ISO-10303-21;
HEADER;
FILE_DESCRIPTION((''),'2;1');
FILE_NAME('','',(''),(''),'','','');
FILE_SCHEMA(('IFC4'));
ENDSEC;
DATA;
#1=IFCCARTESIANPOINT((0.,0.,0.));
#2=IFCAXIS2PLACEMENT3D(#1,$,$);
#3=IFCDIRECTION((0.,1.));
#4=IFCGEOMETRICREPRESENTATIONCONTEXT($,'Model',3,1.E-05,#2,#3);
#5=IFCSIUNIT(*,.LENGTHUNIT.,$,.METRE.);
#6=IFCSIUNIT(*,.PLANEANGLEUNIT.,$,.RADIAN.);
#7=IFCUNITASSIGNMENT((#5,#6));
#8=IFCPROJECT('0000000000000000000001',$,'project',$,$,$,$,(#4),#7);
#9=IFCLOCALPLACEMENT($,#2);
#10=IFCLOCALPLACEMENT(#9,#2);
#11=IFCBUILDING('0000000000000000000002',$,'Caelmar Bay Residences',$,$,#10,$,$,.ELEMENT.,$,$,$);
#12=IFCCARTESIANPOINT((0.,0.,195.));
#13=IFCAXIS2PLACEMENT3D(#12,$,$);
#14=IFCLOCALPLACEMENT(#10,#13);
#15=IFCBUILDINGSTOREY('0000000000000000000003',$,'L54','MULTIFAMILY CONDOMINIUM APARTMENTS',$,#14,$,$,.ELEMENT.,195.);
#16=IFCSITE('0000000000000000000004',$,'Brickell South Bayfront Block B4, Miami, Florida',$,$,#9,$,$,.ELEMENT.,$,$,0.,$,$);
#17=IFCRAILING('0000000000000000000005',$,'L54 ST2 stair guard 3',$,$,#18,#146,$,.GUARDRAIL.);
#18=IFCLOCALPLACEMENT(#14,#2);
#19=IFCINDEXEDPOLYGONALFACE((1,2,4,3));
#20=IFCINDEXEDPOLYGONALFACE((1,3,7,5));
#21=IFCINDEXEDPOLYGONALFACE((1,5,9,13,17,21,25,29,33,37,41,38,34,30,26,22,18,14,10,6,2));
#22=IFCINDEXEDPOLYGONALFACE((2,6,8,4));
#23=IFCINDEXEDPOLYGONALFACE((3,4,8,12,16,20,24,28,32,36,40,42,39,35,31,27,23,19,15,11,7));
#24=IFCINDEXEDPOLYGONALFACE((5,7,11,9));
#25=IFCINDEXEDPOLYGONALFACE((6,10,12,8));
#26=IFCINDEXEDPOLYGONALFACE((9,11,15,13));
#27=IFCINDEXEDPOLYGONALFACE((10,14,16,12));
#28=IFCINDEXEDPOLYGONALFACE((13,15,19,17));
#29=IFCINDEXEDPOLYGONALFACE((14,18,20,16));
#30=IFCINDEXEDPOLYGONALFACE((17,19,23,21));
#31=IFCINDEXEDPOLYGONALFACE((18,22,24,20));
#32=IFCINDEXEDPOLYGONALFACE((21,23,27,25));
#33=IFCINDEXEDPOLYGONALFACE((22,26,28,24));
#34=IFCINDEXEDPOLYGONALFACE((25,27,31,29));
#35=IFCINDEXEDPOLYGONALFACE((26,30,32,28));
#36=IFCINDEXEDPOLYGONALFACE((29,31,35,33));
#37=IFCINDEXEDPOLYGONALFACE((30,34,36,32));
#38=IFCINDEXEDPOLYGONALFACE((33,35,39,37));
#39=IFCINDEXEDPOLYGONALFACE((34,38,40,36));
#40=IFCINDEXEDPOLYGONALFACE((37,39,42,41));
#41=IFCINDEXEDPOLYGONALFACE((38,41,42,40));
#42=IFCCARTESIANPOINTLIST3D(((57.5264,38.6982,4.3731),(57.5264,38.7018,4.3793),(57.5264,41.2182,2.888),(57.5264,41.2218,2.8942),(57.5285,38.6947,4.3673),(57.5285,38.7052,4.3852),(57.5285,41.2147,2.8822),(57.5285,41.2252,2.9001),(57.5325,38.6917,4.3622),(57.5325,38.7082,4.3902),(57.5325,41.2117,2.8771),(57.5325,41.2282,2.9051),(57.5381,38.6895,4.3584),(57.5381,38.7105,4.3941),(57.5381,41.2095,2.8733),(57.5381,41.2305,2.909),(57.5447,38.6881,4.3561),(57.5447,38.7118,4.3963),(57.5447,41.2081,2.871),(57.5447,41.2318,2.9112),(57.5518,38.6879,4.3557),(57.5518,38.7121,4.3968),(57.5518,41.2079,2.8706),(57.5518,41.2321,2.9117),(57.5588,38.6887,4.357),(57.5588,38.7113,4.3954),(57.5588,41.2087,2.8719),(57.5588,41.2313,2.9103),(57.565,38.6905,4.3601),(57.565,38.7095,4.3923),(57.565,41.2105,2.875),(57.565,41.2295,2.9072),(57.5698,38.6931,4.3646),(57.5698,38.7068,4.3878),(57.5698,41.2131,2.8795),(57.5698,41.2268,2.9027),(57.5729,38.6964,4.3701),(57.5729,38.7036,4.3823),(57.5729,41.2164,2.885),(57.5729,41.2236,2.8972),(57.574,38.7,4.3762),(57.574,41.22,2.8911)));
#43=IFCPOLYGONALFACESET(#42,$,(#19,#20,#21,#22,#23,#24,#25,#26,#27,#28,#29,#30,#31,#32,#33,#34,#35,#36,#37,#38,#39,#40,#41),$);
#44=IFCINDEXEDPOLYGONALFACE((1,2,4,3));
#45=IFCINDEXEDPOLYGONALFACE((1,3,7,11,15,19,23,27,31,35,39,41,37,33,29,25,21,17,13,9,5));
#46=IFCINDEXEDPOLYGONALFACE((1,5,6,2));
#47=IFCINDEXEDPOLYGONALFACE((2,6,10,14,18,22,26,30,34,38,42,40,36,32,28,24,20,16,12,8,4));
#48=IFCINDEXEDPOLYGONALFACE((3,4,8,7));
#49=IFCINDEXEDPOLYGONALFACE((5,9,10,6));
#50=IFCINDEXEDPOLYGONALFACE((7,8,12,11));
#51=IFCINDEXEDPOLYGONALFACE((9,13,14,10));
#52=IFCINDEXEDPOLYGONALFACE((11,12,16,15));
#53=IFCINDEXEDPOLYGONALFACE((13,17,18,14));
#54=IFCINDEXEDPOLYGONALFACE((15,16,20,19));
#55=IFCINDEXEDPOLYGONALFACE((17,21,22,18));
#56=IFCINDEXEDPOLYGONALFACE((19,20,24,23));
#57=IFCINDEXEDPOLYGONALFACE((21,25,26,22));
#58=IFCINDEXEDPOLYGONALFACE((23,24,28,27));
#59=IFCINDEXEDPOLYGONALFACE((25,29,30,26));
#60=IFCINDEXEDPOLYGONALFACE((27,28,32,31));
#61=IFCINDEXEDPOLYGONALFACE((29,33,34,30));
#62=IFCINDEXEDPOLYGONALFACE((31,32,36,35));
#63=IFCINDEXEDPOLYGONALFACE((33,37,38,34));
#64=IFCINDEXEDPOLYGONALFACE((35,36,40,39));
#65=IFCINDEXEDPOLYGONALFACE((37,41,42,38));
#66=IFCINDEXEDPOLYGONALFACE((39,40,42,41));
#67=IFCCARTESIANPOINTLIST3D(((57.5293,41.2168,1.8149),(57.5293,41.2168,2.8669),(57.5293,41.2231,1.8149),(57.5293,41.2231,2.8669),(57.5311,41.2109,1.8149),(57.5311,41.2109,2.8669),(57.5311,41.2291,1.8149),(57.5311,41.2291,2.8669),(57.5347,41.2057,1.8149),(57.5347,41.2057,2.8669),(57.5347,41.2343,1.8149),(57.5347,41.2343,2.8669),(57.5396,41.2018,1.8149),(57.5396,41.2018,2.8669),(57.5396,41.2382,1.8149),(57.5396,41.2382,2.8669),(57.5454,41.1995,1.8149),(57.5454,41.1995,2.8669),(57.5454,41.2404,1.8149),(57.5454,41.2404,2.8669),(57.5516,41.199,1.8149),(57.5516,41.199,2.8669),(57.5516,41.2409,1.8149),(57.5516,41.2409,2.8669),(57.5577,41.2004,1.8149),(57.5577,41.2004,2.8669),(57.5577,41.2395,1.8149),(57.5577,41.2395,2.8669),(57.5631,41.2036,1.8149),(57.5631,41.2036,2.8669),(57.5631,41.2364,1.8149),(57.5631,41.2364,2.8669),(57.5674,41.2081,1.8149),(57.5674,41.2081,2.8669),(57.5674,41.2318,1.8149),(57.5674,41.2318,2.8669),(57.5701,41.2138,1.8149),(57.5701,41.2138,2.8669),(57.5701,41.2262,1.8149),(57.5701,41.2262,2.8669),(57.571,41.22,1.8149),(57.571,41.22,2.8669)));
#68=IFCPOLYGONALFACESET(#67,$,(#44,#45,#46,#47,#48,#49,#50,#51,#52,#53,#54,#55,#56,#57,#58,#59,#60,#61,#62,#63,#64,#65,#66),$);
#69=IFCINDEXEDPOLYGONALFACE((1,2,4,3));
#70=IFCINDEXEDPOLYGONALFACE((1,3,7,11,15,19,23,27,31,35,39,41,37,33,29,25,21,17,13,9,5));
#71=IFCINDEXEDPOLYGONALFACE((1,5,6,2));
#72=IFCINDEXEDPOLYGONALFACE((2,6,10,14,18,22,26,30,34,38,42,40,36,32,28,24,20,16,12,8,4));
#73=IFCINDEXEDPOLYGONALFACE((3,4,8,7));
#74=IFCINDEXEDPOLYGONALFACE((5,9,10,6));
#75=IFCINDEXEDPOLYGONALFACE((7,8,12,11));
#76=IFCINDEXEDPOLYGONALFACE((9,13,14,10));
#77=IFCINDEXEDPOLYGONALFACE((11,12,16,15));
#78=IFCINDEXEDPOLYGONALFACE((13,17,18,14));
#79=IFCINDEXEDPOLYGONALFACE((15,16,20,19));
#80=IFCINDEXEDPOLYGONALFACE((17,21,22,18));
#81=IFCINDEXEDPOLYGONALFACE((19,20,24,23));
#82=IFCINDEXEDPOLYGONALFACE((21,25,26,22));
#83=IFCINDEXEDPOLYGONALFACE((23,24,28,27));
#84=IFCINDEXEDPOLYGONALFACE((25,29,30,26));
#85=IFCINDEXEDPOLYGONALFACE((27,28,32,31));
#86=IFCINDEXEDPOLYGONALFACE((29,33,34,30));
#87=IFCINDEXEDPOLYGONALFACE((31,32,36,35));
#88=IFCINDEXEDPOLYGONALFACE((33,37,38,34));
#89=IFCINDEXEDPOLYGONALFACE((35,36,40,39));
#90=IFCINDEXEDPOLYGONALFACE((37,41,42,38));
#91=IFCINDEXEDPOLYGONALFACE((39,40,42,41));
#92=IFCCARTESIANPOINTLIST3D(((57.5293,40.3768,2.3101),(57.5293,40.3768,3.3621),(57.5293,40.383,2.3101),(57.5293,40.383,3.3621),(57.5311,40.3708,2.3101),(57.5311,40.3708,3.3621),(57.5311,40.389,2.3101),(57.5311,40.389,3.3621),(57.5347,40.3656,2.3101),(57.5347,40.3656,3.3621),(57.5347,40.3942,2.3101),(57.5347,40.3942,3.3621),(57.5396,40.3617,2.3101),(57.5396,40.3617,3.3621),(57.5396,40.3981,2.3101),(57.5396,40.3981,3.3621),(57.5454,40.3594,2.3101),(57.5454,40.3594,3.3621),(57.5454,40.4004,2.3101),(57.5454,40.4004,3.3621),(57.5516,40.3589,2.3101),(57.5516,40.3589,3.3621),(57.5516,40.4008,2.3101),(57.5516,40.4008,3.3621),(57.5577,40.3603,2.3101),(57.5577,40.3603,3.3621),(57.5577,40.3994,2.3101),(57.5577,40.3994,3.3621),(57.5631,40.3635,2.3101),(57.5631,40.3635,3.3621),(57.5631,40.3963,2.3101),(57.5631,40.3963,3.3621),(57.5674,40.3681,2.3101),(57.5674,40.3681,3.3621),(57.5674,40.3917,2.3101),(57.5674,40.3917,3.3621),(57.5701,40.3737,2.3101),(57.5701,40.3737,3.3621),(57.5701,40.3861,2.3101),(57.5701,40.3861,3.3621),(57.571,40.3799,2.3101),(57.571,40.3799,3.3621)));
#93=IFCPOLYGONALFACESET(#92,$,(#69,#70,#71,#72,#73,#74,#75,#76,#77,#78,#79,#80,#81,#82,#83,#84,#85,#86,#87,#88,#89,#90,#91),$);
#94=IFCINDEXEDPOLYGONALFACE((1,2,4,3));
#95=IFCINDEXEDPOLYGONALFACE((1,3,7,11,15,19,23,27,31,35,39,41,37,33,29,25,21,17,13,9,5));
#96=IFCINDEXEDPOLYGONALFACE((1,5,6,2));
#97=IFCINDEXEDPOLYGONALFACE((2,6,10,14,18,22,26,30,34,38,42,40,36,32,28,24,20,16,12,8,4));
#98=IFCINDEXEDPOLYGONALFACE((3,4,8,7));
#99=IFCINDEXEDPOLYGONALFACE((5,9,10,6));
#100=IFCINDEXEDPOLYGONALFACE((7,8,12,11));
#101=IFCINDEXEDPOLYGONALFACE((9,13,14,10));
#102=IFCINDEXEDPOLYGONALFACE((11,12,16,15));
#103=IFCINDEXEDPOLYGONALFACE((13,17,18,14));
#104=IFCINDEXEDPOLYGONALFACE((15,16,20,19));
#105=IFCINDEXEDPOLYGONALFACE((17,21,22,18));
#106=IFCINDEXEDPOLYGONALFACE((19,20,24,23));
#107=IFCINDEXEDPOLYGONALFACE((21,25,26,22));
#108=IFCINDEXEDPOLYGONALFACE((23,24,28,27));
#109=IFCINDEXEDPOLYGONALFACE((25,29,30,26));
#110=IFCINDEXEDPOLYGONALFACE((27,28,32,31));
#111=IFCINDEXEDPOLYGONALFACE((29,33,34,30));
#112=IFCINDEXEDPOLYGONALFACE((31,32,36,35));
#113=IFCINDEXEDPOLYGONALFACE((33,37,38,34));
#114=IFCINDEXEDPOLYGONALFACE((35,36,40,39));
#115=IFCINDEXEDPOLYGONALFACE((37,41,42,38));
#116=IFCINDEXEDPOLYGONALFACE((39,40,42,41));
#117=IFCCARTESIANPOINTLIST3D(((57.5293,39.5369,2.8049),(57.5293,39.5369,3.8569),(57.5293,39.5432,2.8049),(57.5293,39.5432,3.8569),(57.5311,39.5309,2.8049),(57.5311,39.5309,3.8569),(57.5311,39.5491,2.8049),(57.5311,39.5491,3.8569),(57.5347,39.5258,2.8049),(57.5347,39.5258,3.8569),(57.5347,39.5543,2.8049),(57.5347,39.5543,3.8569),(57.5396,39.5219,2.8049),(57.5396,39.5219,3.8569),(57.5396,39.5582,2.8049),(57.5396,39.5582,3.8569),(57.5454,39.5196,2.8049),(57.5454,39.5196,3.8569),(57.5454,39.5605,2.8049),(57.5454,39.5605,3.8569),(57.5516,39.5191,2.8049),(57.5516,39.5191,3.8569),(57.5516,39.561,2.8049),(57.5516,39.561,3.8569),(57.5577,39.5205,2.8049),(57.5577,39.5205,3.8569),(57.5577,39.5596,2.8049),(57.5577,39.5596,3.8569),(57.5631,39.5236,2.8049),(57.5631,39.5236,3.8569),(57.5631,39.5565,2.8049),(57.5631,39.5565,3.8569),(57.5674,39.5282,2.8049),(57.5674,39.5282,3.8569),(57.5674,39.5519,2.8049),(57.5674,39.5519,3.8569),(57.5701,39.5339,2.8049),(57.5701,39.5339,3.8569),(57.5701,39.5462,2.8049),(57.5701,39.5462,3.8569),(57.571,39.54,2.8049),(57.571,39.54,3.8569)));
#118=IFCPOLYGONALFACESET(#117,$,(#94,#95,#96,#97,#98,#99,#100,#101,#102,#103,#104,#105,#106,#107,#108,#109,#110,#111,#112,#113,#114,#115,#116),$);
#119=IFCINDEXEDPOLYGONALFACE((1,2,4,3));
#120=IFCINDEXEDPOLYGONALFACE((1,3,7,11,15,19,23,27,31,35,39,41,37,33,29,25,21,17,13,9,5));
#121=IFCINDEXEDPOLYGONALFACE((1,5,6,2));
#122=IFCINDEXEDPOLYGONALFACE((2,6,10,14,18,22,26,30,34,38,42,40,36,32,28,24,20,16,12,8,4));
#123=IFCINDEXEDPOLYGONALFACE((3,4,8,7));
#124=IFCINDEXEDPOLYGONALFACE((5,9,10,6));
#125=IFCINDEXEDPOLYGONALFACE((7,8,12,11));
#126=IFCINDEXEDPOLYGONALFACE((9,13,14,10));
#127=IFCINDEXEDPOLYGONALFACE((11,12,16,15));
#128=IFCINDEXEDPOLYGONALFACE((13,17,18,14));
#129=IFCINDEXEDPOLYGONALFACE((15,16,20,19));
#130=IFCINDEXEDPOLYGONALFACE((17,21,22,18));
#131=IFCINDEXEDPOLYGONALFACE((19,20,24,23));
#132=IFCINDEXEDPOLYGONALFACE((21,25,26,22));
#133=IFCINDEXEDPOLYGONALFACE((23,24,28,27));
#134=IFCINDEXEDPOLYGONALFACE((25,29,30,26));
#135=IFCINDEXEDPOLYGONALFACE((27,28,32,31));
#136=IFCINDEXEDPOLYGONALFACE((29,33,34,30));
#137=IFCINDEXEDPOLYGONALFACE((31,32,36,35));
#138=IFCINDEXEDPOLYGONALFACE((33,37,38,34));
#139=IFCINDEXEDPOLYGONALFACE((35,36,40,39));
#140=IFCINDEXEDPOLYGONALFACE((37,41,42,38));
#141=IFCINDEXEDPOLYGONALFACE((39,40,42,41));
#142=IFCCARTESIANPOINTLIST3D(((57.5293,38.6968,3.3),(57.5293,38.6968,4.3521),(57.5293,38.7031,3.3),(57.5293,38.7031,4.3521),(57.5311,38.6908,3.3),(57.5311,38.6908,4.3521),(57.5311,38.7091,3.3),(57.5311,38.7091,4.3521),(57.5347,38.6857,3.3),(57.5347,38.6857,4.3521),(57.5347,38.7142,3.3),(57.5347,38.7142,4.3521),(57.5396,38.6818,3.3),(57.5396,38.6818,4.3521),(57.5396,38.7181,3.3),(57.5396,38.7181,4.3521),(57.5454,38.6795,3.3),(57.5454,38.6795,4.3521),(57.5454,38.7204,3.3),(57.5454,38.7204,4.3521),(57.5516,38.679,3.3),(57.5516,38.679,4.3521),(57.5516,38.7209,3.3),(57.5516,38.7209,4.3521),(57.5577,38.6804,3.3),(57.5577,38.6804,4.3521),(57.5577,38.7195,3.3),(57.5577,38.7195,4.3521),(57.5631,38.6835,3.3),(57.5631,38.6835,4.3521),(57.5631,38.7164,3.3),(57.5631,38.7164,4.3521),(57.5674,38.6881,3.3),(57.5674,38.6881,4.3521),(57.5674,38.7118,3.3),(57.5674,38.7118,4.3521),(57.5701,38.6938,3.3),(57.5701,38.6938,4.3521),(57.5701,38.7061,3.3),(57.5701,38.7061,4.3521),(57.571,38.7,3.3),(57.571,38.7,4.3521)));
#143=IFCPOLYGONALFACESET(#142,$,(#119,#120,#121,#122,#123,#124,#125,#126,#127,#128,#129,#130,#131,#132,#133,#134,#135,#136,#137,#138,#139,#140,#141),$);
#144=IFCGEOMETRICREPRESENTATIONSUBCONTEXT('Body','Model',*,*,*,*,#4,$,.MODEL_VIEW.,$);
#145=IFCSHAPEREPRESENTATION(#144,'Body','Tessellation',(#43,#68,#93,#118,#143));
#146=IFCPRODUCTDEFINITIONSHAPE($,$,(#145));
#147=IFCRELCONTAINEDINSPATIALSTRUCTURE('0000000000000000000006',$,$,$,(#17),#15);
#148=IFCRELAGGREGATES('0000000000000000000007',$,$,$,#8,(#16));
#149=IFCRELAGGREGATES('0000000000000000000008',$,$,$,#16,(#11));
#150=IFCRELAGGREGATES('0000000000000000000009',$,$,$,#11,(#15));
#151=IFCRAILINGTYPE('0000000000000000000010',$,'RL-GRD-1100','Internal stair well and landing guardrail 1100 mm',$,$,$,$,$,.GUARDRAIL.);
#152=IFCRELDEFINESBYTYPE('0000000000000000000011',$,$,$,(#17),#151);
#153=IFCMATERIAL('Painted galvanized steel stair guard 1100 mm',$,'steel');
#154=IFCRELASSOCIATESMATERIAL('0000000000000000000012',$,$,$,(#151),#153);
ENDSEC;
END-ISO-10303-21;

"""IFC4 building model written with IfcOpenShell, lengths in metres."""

from ifc_helpers import new_model, si_unit, direction, frame, origin, origin_2d, place, context, subcontext, project, spatial, circle, extrude, material, type_object, element, save


model = new_model("IFC4")

# Units and contexts
model_context = context("Model", 3, precision=1e-05, world=origin(), true_north=direction((0.0, 1.0)))
body_context = subcontext(model_context, "Body", "Model", "MODEL_VIEW")
ifc_project = project(units=[si_unit("LENGTHUNIT", "METRE"), si_unit("PLANEANGLEUNIT", "RADIAN")], contexts=[model_context])

# Site, building, storey
site_placement = place(None, origin())
site = spatial("IfcSite", under=ifc_project, at=site_placement, Name="Brickell South Bayfront Block B4, Miami, Florida", CompositionType="ELEMENT", RefElevation=0.0)
building_placement = place(site_placement, origin())
building = spatial("IfcBuilding", under=site, at=building_placement, Name="Caelmar Bay Residences", CompositionType="ELEMENT")
storey_placement = place(building_placement, frame((0.0, 0.0, 195.0)))
storey = spatial("IfcBuildingStorey", under=building, at=storey_placement, Name="L54", Description="MULTIFAMILY CONDOMINIUM APARTMENTS", CompositionType="ELEMENT", Elevation=195.0)

# Railing
ifc_material_1 = material(Name="Painted galvanized steel stair guard 1100 mm", Category="steel")
railing_type_1 = type_object("IfcRailingType", Name="RL-GRD-1100", Description="Internal stair well and landing guardrail 1100 mm", PredefinedType="GUARDRAIL", material=ifc_material_1)
railing_1_placement = place(storey_placement, frame((57.55, 41.22, 1.8149)))
element("IfcRailing", 1, at=railing_1_placement, inside=storey, type_object=railing_type_1, Name="L54 ST2 stair guard 3", PredefinedType="GUARDRAIL", context=body_context, shape_type="SweptSolid", body=[
    extrude(circle(Radius=0.0239, at=origin_2d()), frame((0.0, 0.0, 1.0762), z_axis=(0.0, -0.861524, 0.507717), x_axis=(1.0, 0.0, 0.0)), (0.0, 0.0, 1.0), 2.925),
    extrude(circle(Radius=0.021, at=origin_2d()), origin(), (0.0, 0.0, 1.0), 1.052),
    extrude(circle(Radius=0.021, at=origin_2d()), frame((0.0, -0.8401, 0.4951)), (0.0, 0.0, 1.0), 1.052),
    extrude(circle(Radius=0.021, at=origin_2d()), frame((0.0, -1.6799, 0.99)), (0.0, 0.0, 1.0), 1.052),
    extrude(circle(Radius=0.021, at=origin_2d()), frame((0.0, -2.52, 1.4851)), (0.0, 0.0, 1.0), 1.052),
])

save(model, "model.ifc")
